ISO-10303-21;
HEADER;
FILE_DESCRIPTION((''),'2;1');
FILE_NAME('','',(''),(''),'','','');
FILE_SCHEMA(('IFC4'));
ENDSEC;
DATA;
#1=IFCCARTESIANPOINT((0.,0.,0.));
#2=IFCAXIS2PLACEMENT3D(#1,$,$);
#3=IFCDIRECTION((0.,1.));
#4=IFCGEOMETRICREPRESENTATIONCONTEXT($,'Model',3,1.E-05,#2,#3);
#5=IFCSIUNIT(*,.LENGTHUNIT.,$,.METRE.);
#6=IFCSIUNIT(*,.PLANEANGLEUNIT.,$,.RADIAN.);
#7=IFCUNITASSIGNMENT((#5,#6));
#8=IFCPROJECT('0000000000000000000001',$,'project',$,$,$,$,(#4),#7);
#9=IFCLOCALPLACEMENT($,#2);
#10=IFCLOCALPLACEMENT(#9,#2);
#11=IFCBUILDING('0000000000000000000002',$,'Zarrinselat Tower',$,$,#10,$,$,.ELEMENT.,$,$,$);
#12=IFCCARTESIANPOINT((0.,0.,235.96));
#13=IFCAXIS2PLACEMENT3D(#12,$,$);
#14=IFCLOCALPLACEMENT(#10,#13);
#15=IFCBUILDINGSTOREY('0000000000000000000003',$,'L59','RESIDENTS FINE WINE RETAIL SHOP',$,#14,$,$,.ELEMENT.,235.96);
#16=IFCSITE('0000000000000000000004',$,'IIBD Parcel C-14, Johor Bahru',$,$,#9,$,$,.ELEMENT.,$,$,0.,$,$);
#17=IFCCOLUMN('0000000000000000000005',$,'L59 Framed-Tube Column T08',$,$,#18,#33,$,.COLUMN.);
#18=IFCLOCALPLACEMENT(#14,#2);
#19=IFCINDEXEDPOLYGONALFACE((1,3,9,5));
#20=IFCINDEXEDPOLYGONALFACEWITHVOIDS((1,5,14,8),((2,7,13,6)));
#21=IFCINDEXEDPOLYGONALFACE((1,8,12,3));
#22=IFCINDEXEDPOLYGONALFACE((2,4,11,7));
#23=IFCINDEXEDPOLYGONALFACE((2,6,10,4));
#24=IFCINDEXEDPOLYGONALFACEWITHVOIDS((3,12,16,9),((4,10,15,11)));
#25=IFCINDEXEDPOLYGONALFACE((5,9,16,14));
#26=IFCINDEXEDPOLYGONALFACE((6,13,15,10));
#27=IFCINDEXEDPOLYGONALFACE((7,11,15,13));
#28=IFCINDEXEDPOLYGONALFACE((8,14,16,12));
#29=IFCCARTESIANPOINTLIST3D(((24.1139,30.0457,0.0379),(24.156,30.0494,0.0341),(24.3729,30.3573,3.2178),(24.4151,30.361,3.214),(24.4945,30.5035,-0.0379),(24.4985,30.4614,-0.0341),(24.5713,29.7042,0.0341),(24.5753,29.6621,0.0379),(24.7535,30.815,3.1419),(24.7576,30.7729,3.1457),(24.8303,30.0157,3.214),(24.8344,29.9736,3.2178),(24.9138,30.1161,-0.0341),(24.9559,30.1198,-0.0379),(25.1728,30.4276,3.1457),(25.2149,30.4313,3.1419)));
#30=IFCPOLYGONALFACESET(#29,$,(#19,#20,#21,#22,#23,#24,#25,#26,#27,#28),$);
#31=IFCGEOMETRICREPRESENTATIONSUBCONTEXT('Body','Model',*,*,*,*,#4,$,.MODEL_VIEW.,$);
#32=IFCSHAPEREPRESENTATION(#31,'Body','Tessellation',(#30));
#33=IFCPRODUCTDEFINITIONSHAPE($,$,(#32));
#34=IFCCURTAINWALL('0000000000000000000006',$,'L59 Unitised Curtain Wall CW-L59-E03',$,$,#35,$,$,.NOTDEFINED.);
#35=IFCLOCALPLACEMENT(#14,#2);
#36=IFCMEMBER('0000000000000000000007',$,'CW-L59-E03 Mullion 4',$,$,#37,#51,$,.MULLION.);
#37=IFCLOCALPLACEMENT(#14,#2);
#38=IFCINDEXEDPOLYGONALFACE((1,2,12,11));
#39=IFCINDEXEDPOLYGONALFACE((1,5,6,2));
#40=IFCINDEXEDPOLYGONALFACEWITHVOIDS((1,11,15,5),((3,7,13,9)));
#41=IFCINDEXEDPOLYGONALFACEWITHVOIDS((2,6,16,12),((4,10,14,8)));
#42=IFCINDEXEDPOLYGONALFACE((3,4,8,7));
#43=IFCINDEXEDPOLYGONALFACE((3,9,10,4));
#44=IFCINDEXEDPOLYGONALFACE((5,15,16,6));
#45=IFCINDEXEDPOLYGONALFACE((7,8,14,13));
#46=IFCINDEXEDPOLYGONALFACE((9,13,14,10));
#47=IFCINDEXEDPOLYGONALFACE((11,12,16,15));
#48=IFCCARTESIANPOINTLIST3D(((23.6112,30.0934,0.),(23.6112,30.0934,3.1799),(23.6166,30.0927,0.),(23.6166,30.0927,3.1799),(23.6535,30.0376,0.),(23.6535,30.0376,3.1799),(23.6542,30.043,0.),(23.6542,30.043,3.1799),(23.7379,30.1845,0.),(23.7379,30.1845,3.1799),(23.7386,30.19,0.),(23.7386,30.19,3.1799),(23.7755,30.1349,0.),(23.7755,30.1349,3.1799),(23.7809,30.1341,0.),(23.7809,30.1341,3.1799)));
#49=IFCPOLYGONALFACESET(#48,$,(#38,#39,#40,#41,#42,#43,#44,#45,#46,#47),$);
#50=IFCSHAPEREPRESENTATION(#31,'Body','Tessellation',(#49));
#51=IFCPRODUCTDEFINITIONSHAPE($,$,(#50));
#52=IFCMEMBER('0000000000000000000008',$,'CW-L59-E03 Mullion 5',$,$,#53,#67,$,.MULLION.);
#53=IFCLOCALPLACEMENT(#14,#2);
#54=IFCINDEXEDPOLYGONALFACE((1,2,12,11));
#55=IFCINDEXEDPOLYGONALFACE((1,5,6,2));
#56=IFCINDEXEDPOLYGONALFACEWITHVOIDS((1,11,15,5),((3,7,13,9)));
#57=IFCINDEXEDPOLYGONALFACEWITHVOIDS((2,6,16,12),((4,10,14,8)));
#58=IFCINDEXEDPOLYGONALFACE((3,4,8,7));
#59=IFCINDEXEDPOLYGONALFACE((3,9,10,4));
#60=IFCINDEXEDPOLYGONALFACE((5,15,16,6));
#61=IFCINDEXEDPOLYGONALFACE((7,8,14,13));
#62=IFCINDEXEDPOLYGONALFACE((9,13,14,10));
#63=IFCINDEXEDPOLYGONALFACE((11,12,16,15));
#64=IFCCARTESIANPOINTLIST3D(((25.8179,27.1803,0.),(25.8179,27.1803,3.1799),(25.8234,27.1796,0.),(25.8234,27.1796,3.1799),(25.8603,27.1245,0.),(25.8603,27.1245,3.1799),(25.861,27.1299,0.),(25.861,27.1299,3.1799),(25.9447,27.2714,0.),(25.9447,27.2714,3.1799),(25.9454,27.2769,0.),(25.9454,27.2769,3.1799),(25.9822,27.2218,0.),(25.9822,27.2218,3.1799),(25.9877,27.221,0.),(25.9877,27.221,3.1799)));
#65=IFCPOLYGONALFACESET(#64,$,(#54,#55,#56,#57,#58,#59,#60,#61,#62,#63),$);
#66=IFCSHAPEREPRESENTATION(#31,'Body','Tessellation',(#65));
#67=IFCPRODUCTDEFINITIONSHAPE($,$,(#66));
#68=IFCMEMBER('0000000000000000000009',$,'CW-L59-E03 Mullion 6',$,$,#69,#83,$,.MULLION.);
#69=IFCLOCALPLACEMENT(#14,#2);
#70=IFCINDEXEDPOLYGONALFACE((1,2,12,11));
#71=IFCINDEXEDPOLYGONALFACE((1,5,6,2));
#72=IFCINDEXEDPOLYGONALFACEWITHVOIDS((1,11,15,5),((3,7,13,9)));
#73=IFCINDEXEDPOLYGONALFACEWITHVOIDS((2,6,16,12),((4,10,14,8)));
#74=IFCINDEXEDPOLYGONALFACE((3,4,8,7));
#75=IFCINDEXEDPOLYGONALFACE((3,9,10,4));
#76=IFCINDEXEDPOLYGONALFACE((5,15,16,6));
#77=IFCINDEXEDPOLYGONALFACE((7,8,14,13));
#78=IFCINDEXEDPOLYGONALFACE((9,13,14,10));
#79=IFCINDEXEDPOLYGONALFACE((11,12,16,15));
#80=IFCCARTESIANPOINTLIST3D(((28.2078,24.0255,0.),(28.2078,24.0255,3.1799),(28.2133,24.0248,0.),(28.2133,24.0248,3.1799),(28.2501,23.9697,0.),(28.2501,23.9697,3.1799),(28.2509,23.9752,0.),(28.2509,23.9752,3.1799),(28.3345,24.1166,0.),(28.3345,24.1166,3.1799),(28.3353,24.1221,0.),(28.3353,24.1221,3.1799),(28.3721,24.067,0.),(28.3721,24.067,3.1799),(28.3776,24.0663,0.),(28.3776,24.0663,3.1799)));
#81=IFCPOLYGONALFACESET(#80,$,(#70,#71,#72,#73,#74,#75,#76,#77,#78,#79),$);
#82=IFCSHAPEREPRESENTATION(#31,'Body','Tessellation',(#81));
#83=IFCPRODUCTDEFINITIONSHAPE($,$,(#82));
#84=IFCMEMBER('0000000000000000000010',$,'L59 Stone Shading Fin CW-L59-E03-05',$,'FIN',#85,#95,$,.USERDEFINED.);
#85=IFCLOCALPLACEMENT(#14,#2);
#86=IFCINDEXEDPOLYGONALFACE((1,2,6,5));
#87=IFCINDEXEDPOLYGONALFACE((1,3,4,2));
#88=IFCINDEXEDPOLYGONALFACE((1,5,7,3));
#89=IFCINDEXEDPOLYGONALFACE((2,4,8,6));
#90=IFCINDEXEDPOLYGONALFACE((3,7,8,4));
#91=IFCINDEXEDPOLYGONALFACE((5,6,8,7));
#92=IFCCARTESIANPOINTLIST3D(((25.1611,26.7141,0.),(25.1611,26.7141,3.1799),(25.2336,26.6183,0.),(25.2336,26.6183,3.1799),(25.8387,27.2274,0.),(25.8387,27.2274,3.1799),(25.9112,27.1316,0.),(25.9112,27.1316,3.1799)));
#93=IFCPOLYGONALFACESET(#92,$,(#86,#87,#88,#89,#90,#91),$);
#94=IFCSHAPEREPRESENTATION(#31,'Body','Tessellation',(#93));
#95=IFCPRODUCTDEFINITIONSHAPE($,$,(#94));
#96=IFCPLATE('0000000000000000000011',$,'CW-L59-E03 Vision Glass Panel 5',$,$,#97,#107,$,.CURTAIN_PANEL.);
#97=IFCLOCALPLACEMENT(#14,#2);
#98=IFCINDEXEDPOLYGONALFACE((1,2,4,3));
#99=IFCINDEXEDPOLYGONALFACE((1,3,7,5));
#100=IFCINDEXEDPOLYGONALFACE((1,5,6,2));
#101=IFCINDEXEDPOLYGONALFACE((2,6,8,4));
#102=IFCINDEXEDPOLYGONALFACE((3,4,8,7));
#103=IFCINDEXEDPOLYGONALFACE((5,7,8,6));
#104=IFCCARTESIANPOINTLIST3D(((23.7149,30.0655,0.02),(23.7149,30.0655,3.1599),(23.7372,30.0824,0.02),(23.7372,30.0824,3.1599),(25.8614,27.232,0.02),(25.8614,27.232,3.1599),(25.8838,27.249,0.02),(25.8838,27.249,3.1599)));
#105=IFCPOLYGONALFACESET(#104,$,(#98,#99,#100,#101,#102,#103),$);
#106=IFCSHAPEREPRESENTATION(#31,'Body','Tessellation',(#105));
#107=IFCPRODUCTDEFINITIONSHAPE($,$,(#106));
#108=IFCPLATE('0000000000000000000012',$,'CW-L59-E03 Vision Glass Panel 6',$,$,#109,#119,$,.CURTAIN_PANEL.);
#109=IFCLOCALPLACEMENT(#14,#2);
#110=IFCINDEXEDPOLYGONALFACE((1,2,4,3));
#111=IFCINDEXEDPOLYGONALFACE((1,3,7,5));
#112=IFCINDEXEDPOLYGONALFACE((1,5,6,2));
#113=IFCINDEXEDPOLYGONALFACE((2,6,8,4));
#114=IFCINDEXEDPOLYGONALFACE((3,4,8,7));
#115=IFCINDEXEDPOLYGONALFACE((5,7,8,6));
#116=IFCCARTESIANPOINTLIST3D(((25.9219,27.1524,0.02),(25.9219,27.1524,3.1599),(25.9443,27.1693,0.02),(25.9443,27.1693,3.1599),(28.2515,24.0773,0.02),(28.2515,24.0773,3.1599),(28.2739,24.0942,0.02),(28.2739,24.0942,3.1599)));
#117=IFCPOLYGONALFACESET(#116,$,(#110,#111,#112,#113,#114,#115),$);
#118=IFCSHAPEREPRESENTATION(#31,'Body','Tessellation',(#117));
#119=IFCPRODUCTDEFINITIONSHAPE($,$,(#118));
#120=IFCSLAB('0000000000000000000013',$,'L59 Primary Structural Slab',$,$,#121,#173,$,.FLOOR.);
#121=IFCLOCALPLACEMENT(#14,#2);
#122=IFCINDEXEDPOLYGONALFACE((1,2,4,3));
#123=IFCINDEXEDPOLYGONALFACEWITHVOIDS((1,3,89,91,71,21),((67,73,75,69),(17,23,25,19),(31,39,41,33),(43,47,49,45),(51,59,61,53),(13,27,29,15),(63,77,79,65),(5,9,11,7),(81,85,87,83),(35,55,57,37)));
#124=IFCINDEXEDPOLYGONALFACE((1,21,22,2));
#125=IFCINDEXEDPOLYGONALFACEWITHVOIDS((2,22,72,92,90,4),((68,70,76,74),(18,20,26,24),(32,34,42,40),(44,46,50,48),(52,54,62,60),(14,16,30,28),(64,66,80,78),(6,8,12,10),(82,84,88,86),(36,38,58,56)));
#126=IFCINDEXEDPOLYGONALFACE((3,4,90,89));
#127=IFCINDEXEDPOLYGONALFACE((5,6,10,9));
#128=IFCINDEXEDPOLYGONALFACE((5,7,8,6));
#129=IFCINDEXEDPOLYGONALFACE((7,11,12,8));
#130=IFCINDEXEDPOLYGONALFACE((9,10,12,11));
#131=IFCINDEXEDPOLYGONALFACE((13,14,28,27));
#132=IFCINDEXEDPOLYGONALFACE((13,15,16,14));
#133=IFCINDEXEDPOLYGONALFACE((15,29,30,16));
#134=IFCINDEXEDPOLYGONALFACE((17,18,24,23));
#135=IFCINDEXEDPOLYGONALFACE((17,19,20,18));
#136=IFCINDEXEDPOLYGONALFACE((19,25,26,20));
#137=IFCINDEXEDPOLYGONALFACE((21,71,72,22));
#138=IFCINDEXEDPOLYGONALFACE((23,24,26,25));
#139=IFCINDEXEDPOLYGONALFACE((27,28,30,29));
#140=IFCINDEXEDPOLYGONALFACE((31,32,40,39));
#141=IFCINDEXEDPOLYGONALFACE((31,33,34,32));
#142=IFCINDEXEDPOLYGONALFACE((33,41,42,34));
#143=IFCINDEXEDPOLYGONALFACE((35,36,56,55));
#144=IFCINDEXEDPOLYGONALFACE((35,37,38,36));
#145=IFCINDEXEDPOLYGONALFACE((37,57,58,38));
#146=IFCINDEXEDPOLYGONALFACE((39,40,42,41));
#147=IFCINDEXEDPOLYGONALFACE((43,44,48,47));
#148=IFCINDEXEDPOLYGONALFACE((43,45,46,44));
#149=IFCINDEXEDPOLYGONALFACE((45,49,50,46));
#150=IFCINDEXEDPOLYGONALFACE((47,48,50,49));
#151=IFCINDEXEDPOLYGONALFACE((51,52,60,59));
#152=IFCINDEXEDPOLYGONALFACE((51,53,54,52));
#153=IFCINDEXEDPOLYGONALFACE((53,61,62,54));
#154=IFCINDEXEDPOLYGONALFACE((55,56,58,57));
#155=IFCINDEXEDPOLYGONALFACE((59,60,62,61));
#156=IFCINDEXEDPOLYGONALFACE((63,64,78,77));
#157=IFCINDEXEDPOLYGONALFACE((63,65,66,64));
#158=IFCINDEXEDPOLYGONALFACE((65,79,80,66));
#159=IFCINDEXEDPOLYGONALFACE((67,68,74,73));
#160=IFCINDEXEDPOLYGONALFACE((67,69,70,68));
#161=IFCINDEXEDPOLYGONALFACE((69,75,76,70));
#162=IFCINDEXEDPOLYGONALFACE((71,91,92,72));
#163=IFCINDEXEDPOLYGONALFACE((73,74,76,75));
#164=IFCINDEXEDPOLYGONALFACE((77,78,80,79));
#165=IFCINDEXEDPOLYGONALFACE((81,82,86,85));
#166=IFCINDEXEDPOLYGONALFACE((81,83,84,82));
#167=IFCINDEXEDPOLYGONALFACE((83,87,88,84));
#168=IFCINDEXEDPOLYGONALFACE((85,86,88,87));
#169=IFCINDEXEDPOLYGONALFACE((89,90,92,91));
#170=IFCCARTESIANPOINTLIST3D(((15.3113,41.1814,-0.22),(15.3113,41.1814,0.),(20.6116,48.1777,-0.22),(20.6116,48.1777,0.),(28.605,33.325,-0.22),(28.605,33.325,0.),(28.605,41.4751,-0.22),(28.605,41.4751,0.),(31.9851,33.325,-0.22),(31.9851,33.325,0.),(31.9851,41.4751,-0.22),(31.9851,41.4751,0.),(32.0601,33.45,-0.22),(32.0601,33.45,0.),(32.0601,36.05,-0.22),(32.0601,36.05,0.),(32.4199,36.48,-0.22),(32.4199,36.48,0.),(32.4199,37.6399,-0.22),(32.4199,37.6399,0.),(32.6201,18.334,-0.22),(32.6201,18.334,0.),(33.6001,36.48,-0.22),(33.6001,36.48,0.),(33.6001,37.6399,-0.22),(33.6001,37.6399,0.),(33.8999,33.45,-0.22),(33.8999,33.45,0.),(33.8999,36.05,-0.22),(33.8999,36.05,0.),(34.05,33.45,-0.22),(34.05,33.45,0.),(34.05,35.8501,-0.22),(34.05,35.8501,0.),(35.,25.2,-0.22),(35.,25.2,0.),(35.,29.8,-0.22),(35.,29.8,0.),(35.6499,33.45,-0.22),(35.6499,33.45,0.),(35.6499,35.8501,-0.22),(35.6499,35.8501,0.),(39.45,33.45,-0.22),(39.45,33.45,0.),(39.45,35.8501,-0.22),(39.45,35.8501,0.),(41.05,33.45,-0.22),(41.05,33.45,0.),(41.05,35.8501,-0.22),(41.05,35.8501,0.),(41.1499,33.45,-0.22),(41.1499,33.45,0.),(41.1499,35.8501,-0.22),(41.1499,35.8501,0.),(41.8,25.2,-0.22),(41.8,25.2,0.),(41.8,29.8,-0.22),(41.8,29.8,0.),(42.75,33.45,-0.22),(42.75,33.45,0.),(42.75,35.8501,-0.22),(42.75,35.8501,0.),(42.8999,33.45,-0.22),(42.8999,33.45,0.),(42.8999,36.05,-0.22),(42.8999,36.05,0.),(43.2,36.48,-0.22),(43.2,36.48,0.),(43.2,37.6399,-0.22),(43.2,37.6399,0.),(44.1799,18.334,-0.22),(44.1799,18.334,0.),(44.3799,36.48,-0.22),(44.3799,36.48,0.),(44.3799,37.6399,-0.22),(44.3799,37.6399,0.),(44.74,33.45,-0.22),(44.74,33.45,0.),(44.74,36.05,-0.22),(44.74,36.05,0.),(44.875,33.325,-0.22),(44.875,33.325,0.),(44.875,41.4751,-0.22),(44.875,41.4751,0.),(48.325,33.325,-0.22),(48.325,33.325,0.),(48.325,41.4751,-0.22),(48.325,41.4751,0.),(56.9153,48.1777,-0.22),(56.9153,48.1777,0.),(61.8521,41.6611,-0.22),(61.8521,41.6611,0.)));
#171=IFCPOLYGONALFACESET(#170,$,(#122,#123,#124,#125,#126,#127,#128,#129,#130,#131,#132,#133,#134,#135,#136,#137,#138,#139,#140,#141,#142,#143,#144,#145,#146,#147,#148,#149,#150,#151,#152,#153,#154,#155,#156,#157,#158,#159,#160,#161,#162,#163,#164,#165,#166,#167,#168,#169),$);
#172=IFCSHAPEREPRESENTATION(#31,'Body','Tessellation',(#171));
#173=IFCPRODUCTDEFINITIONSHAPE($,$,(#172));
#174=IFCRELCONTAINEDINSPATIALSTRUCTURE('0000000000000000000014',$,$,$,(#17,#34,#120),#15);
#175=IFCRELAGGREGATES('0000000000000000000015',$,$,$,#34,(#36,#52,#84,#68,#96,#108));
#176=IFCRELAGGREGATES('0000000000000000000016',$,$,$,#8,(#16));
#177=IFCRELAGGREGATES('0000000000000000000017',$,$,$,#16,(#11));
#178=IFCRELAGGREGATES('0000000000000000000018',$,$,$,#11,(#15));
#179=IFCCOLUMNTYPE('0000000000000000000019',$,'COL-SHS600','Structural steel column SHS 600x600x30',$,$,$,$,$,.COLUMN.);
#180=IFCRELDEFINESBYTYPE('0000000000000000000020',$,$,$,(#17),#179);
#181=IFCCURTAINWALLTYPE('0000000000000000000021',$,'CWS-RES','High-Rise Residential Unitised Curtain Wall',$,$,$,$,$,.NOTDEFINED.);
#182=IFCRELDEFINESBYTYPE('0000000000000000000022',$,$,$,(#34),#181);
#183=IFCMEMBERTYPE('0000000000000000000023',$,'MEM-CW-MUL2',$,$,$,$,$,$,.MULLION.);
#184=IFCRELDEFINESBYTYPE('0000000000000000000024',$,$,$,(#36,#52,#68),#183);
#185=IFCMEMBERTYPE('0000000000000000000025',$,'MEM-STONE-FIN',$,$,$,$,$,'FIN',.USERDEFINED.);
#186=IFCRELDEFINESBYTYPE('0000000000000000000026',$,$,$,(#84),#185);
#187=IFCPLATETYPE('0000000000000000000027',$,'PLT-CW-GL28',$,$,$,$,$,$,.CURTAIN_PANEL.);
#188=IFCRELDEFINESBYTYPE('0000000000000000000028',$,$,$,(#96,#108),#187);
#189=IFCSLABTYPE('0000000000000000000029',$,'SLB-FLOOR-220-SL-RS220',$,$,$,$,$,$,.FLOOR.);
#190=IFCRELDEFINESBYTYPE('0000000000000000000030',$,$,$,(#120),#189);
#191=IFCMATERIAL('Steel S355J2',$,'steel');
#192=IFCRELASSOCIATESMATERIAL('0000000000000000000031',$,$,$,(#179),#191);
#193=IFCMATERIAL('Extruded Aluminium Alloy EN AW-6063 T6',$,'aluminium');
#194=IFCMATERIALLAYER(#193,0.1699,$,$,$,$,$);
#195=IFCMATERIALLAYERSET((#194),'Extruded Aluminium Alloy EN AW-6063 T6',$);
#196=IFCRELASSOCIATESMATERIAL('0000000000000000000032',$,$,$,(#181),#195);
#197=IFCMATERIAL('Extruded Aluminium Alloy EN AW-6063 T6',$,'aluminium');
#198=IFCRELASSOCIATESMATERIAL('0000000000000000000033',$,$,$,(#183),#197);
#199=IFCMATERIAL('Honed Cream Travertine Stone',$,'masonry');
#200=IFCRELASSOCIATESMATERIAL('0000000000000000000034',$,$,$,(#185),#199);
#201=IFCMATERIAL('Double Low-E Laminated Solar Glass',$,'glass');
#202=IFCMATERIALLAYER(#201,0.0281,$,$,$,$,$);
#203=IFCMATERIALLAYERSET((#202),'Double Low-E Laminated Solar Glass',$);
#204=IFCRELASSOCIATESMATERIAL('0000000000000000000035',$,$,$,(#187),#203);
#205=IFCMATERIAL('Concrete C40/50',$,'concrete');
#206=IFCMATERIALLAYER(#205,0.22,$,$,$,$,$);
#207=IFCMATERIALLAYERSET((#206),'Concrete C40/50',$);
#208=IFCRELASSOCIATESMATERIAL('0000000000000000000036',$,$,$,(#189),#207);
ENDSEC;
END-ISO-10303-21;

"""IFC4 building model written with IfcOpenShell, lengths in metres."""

from ifc_helpers import new_model, si_unit, direction, frame, origin, origin_2d, place, context, subcontext, project, spatial, polyline, rectangle, hollow_rectangle, outline, extrude, material, layer, layer_set, material_profile, profile_set, type_object, element, aggregate, save


model = new_model("IFC4")

# Units and contexts
model_context = context("Model", 3, precision=1e-05, world=origin(), true_north=direction((0.0, 1.0)))
body_context = subcontext(model_context, "Body", "Model", "MODEL_VIEW")
ifc_project = project(units=[si_unit("LENGTHUNIT", "METRE"), si_unit("PLANEANGLEUNIT", "RADIAN")], contexts=[model_context])

# Site, building, storey
site_placement = place(None, origin())
site = spatial("IfcSite", under=ifc_project, at=site_placement, Name="IIBD Parcel C-14, Johor Bahru", CompositionType="ELEMENT", RefElevation=0.0)
building_placement = place(site_placement, origin())
building = spatial("IfcBuilding", under=site, at=building_placement, Name="Zarrinselat Tower", CompositionType="ELEMENT")
storey_placement = place(building_placement, frame((0.0, 0.0, 235.96)))
storey = spatial("IfcBuildingStorey", under=building, at=storey_placement, Name="L59", Description="RESIDENTS FINE WINE RETAIL SHOP", CompositionType="ELEMENT", Elevation=235.96)

# Column
ifc_material_1 = material(Name="Steel S355J2", Category="steel")
ifc_material_profile_1 = material_profile(ifc_material_1, hollow_rectangle(XDim=0.6001, YDim=0.6001, WallThickness=0.03, at=origin_2d()), Name="SHS 600x600x30")
ifc_profile_set_1 = profile_set([ifc_material_profile_1], Name="Steel S355J2")
column_type = type_object("IfcColumnType", Name="COL-SHS600", Description="Structural steel column SHS 600x600x30", PredefinedType="COLUMN", material=ifc_profile_set_1)
column_placement = place(storey_placement, frame((24.5349, 30.0828, 0.0), z_axis=(0.080806, 0.09718, 0.991981), x_axis=(-0.768912, 0.639354, 0.0)))
element("IfcColumn", 1, at=column_placement, inside=storey, type_object=column_type, Name="L59 Framed-Tube Column T08", PredefinedType="COLUMN", context=body_context, shape_type="SweptSolid", body=[
    extrude(hollow_rectangle(XDim=0.6001, YDim=0.6001, WallThickness=0.03, at=origin_2d()), origin(), (0.0, 0.0, 1.0), 3.2056),
])

# Curtain wall, members, plates
ifc_material_2 = material(Name="Extruded Aluminium Alloy EN AW-6063 T6", Category="aluminium")
ifc_layer_1 = layer(ifc_material_2, 0.1699)
ifc_layer_set_1 = layer_set([ifc_layer_1], Name="Extruded Aluminium Alloy EN AW-6063 T6")
curtain_wall_type = type_object("IfcCurtainWallType", Name="CWS-RES", Description="High-Rise Residential Unitised Curtain Wall", PredefinedType="NOTDEFINED", material=ifc_layer_set_1)
curtain_wall_placement = place(storey_placement, origin())
curtain_wall = element("IfcCurtainWall", 2, at=curtain_wall_placement, inside=storey, type_object=curtain_wall_type, Name="L59 Unitised Curtain Wall CW-L59-E03", PredefinedType="NOTDEFINED")
ifc_material_3 = material(Name="Extruded Aluminium Alloy EN AW-6063 T6", Category="aluminium")
ifc_material_profile_2 = material_profile(ifc_material_3, hollow_rectangle(XDim=0.0701, YDim=0.1599, WallThickness=0.0039, at=origin_2d()), Name="RHS 160x70x4")
ifc_profile_set_2 = profile_set([ifc_material_profile_2], Name="Extruded Aluminium Alloy EN AW-6063 T6")
member_type_1 = type_object("IfcMemberType", Name="MEM-CW-MUL2", PredefinedType="MULLION", material=ifc_profile_set_2)
member_1_placement = place(storey_placement, frame((23.696, 30.1138, 0.0), z_axis=(0.0, 0.0, 1.0), x_axis=(0.603857, -0.797092, 0.0)))
member_1 = element("IfcMember", 3, at=member_1_placement, type_object=member_type_1, Name="CW-L59-E03 Mullion 4", PredefinedType="MULLION", context=body_context, shape_type="SweptSolid", body=[
    extrude(hollow_rectangle(XDim=0.0701, YDim=0.1599, WallThickness=0.0039, at=origin_2d()), origin(), (0.0, 0.0, 1.0), 3.1799),
])
member_2_placement = place(storey_placement, frame((25.9028, 27.2007, 0.0), z_axis=(0.0, 0.0, 1.0), x_axis=(0.603857, -0.797092, 0.0)))
member_2 = element("IfcMember", 4, at=member_2_placement, type_object=member_type_1, Name="CW-L59-E03 Mullion 5", PredefinedType="MULLION", context=body_context, shape_type="SweptSolid", body=[
    extrude(hollow_rectangle(XDim=0.0701, YDim=0.1599, WallThickness=0.0039, at=origin_2d()), origin(), (0.0, 0.0, 1.0), 3.1799),
])
member_3_placement = place(storey_placement, frame((28.2927, 24.0459, 0.0), z_axis=(0.0, 0.0, 1.0), x_axis=(0.603857, -0.797092, 0.0)))
member_3 = element("IfcMember", 5, at=member_3_placement, type_object=member_type_1, Name="CW-L59-E03 Mullion 6", PredefinedType="MULLION", context=body_context, shape_type="SweptSolid", body=[
    extrude(hollow_rectangle(XDim=0.0701, YDim=0.1599, WallThickness=0.0039, at=origin_2d()), origin(), (0.0, 0.0, 1.0), 3.1799),
])
ifc_material_4 = material(Name="Honed Cream Travertine Stone", Category="masonry")
ifc_material_profile_3 = material_profile(ifc_material_4, rectangle(XDim=0.1201, YDim=0.8501, at=origin_2d()), Name="FIN 850x120")
ifc_profile_set_3 = profile_set([ifc_material_profile_3], Name="Honed Cream Travertine Stone")
member_type_2 = type_object("IfcMemberType", Name="MEM-STONE-FIN", ElementType="FIN", PredefinedType="USERDEFINED", material=ifc_profile_set_3)
member_4_placement = place(storey_placement, frame((25.5361, 26.9229, 0.0), z_axis=(0.0, 0.0, 1.0), x_axis=(-0.603857, 0.797092, 0.0)))
member_4 = element("IfcMember", 6, at=member_4_placement, type_object=member_type_2, Name="L59 Stone Shading Fin CW-L59-E03-05", ObjectType="FIN", PredefinedType="USERDEFINED", context=body_context, shape_type="SweptSolid", body=[
    extrude(rectangle(XDim=0.1201, YDim=0.8501, at=origin_2d()), origin(), (0.0, 0.0, 1.0), 3.1799),
])
ifc_material_5 = material(Name="Double Low-E Laminated Solar Glass", Category="glass")
ifc_layer_2 = layer(ifc_material_5, 0.0281)
ifc_layer_set_2 = layer_set([ifc_layer_2], Name="Double Low-E Laminated Solar Glass")
plate_type = type_object("IfcPlateType", Name="PLT-CW-GL28", PredefinedType="CURTAIN_PANEL", material=ifc_layer_set_2)
plate_1_placement = place(storey_placement, frame((24.7993, 28.6572, 0.02), z_axis=(0.0, 0.0, 1.0), x_axis=(0.603857, -0.797092, 0.0)))
plate_1 = element("IfcPlate", 7, at=plate_1_placement, type_object=plate_type, Name="CW-L59-E03 Vision Glass Panel 5", PredefinedType="CURTAIN_PANEL", context=body_context, shape_type="SweptSolid", body=[
    extrude(rectangle(XDim=3.5547, YDim=0.0281, at=origin_2d()), origin(), (0.0, 0.0, 1.0), 3.1399),
])
plate_2_placement = place(storey_placement, frame((27.0979, 25.6233, 0.02), z_axis=(0.0, 0.0, 1.0), x_axis=(0.603857, -0.797092, 0.0)))
plate_2 = element("IfcPlate", 8, at=plate_2_placement, type_object=plate_type, Name="CW-L59-E03 Vision Glass Panel 6", PredefinedType="CURTAIN_PANEL", context=body_context, shape_type="SweptSolid", body=[
    extrude(rectangle(XDim=3.8579, YDim=0.0281, at=origin_2d()), origin(), (0.0, 0.0, 1.0), 3.1399),
])
aggregate(curtain_wall, [member_1, member_2, member_4, member_3, plate_1, plate_2])

# Slab
ifc_material_6 = material(Name="Concrete C40/50", Category="concrete")
ifc_layer_3 = layer(ifc_material_6, 0.22)
ifc_layer_set_3 = layer_set([ifc_layer_3], Name="Concrete C40/50")
slab_type_1 = type_object("IfcSlabType", Name="SLB-FLOOR-220-SL-RS220", PredefinedType="FLOOR", material=ifc_layer_set_3)
slab_1_placement = place(storey_placement, frame((0.0, 0.0, -0.22)))
element("IfcSlab", 9, at=slab_1_placement, inside=storey, type_object=slab_type_1, Name="L59 Primary Structural Slab", PredefinedType="FLOOR", context=body_context, shape_type="SweptSolid", body=[
    extrude(outline(polyline([(56.9153, 48.1777), (20.6116, 48.1777), (15.3113, 41.1814), (32.6201, 18.334), (44.1799, 18.334), (61.8521, 41.6611), (56.9153, 48.1777)]), holes=[polyline([(41.8, 25.2), (35.0, 25.2), (35.0, 29.8), (41.8, 29.8), (41.8, 25.2)]), polyline([(35.6499, 33.45), (34.05, 33.45), (34.05, 35.8501), (35.6499, 35.8501), (35.6499, 33.45)]), polyline([(41.05, 33.45), (39.45, 33.45), (39.45, 35.8501), (41.05, 35.8501), (41.05, 33.45)]), polyline([(41.1499, 33.45), (41.1499, 35.8501), (42.75, 35.8501), (42.75, 33.45), (41.1499, 33.45)]), polyline([(32.0601, 33.45), (32.0601, 36.05), (33.8999, 36.05), (33.8999, 33.45), (32.0601, 33.45)]), polyline([(44.74, 33.45), (42.8999, 33.45), (42.8999, 36.05), (44.74, 36.05), (44.74, 33.45)]), polyline([(33.6001, 36.48), (32.4199, 36.48), (32.4199, 37.6399), (33.6001, 37.6399), (33.6001, 36.48)]), polyline([(44.3799, 36.48), (43.2, 36.48), (43.2, 37.6399), (44.3799, 37.6399), (44.3799, 36.48)]), polyline([(31.9851, 33.325), (28.605, 33.325), (28.605, 41.4751), (31.9851, 41.4751), (31.9851, 33.325)]), polyline([(48.325, 33.325), (44.875, 33.325), (44.875, 41.4751), (48.325, 41.4751), (48.325, 33.325)])]), origin(), (0.0, 0.0, 1.0), 0.22),
])

save(model, "model.ifc")
